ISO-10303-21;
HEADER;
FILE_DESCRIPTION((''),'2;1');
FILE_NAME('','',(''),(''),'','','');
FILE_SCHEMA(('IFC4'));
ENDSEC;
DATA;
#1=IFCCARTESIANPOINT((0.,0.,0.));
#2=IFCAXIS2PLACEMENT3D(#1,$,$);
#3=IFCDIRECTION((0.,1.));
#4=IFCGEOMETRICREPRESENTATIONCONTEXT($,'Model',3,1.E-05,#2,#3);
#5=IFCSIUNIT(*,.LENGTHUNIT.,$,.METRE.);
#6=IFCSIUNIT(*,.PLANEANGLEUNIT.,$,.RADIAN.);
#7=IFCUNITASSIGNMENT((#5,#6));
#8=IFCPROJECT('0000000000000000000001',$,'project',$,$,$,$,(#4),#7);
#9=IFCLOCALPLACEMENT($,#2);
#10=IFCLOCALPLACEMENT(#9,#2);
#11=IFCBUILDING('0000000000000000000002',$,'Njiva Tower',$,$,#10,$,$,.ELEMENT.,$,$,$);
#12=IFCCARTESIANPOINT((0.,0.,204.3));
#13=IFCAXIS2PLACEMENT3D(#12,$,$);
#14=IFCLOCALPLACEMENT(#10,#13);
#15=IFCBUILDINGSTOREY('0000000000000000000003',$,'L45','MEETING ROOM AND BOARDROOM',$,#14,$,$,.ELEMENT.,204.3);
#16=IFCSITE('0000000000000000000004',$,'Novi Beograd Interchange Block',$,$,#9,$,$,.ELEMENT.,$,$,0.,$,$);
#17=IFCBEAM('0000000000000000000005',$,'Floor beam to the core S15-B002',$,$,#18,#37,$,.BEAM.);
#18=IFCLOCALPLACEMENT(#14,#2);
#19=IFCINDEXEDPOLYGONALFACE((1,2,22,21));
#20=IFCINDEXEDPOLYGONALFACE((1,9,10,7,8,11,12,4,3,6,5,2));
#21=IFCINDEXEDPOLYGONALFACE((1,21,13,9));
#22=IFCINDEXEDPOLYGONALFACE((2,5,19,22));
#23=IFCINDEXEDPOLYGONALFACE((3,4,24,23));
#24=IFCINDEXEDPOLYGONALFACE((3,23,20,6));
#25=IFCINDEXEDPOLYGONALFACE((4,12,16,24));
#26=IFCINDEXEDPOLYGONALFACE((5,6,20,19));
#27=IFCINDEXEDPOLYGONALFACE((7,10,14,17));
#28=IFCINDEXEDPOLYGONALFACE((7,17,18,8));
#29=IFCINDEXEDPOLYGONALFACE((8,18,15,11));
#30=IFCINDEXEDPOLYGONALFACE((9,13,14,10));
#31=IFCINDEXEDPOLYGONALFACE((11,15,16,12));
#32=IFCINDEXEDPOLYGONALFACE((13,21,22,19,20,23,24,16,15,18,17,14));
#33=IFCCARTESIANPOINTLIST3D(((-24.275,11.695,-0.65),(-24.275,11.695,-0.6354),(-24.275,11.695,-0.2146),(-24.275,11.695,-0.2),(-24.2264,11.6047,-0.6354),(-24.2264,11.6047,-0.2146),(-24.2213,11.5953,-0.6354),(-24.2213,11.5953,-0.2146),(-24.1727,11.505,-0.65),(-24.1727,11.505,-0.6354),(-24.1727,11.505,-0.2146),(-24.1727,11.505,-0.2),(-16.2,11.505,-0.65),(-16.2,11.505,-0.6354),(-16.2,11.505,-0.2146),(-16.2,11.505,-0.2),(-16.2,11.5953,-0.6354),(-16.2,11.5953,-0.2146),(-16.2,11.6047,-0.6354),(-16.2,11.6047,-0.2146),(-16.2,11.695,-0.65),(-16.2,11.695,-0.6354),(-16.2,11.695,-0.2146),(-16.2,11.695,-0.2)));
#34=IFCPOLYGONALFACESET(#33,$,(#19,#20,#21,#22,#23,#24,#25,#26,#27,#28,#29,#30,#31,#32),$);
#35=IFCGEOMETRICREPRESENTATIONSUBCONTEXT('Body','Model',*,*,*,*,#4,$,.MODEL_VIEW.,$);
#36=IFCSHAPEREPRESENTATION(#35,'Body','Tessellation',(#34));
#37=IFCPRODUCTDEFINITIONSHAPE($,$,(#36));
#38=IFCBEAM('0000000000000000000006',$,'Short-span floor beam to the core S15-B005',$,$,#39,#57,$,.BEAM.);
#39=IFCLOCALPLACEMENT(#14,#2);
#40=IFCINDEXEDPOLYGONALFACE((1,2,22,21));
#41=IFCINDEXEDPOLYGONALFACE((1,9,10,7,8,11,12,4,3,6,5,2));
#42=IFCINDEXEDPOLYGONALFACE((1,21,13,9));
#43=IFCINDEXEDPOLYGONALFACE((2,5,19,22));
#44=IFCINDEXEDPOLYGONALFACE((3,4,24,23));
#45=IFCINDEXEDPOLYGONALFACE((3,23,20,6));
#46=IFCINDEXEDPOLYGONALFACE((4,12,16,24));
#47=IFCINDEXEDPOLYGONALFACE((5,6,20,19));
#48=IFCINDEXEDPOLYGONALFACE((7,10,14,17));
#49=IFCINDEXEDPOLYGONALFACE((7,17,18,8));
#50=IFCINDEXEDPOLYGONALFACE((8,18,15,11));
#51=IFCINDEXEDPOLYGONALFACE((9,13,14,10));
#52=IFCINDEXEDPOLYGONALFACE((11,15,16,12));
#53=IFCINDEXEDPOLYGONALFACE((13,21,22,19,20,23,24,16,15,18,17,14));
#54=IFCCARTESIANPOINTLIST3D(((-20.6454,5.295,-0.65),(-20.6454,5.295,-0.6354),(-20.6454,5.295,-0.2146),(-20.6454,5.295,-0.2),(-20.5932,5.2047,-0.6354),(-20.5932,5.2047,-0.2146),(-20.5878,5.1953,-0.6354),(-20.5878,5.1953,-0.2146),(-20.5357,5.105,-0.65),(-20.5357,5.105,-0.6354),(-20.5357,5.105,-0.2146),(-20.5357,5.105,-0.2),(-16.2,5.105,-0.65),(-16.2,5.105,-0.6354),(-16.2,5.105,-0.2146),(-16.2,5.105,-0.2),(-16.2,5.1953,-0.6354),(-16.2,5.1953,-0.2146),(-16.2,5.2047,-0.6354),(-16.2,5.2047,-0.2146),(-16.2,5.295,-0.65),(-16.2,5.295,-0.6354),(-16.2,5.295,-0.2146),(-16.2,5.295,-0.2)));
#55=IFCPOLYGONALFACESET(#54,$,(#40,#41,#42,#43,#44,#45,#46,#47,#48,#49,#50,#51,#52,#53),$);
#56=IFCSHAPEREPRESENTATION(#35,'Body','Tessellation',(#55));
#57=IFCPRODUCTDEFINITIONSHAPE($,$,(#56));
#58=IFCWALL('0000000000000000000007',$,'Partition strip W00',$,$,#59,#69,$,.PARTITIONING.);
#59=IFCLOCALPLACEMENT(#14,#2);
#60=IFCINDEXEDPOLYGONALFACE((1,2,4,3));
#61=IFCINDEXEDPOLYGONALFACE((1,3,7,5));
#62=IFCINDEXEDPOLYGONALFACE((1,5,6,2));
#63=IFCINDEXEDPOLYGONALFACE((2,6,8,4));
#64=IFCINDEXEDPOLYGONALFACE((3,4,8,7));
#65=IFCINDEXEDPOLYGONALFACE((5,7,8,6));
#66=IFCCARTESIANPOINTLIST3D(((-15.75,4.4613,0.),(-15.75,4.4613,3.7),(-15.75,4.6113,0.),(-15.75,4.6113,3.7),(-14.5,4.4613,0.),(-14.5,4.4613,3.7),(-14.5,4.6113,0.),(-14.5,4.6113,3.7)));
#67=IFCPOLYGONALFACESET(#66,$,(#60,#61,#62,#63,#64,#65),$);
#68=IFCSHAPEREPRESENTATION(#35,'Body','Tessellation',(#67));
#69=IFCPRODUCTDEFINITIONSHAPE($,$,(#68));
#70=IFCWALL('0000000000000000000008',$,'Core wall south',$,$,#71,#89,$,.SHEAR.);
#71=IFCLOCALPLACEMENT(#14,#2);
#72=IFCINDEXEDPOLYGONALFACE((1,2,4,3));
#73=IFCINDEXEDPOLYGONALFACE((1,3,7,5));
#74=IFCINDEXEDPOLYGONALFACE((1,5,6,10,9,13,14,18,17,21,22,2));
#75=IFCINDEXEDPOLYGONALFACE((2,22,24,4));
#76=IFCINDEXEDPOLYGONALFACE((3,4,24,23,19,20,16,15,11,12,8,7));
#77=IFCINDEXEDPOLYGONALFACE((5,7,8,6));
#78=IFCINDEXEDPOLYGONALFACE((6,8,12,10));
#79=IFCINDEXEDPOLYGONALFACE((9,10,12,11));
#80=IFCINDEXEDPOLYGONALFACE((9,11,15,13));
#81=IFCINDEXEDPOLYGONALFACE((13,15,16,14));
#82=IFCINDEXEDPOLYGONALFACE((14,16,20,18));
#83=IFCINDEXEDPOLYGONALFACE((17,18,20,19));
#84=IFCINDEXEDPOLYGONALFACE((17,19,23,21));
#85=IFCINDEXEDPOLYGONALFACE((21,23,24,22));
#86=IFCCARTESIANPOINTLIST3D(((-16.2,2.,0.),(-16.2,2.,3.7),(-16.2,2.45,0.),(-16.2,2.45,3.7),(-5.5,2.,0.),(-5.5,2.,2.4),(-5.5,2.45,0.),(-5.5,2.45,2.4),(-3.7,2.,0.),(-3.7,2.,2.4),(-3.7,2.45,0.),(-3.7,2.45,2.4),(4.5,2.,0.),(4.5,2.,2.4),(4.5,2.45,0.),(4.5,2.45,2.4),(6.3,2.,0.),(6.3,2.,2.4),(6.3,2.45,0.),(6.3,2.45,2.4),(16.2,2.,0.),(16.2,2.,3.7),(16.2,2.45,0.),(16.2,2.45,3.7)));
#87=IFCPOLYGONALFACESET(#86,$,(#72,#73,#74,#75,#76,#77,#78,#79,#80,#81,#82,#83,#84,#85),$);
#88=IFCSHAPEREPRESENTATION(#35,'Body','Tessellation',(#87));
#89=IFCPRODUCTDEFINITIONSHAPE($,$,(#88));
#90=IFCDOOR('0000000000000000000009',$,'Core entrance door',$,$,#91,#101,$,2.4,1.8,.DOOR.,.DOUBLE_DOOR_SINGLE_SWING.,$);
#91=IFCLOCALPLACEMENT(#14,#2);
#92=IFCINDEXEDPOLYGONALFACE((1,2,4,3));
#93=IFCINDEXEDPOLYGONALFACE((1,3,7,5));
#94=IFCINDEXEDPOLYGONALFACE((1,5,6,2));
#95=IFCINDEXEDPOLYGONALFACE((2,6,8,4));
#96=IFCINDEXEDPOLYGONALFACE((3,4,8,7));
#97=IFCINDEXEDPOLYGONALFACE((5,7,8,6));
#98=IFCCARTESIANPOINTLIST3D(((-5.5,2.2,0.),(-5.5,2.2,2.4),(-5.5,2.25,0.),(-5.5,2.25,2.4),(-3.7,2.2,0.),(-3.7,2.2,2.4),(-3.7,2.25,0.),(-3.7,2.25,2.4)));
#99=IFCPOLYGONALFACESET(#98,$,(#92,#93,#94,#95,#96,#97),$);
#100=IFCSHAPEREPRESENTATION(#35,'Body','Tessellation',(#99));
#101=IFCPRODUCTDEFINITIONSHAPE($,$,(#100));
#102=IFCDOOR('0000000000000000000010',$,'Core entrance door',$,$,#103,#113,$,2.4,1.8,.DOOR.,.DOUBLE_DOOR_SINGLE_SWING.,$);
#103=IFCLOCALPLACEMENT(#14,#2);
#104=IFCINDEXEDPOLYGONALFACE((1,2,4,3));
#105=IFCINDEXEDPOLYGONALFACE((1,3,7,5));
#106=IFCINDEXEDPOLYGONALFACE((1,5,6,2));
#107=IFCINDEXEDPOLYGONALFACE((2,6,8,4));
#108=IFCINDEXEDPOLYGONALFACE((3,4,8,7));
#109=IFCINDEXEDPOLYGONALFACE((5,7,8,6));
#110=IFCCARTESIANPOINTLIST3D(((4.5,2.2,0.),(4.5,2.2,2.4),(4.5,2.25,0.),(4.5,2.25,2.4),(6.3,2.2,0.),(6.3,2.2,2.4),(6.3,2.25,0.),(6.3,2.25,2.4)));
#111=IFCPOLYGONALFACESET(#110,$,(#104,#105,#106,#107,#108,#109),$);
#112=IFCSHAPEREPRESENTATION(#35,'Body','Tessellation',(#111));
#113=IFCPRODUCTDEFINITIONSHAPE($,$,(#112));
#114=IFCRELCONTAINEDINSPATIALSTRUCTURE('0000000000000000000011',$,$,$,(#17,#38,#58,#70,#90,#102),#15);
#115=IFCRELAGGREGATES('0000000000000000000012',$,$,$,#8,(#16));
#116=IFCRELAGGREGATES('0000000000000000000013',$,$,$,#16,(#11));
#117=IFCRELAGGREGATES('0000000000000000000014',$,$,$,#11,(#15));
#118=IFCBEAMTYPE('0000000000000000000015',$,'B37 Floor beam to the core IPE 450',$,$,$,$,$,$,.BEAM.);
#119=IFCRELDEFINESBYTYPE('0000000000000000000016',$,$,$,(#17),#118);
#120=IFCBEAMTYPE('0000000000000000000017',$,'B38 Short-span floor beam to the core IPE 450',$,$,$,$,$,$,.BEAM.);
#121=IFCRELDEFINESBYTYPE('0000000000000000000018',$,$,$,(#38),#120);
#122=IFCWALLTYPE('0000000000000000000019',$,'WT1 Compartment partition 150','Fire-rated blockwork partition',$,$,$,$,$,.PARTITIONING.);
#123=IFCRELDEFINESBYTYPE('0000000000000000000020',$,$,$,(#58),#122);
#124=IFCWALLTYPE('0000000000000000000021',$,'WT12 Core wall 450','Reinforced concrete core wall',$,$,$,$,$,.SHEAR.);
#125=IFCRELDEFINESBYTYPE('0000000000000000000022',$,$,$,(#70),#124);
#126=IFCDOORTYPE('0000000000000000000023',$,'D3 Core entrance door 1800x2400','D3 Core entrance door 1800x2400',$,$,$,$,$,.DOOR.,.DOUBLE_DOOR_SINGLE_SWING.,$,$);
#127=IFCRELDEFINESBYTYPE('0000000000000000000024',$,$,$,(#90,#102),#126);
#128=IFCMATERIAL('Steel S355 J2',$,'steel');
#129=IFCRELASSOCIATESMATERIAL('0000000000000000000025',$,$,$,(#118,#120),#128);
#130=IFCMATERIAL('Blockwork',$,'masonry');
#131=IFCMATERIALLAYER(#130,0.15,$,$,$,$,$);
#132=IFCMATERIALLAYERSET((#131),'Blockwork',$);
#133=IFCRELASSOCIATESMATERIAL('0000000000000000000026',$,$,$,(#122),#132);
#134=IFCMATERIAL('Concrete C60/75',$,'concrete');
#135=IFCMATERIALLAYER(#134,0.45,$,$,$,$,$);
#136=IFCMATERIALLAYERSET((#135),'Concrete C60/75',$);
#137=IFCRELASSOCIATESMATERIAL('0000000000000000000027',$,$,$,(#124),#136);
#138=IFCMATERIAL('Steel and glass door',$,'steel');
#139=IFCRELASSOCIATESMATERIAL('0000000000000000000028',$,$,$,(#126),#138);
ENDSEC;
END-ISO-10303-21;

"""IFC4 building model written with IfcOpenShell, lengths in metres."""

from ifc_helpers import new_model, si_unit, direction, frame, frame_2d, origin, origin_2d, place, context, subcontext, project, spatial, rectangle, i_section, extrude, clip, halfspace, material, layer, layer_set, material_profile, profile_set, type_object, element, fill, save


model = new_model("IFC4")

# Units and contexts
model_context = context("Model", 3, precision=1e-05, world=origin(), true_north=direction((0.0, 1.0)))
body_context = subcontext(model_context, "Body", "Model", "MODEL_VIEW")
ifc_project = project(units=[si_unit("LENGTHUNIT", "METRE"), si_unit("PLANEANGLEUNIT", "RADIAN")], contexts=[model_context])

# Site, building, storey
site_placement = place(None, origin())
site = spatial("IfcSite", under=ifc_project, at=site_placement, Name="Novi Beograd Interchange Block", CompositionType="ELEMENT", RefElevation=0.0)
building_placement = place(site_placement, origin())
building = spatial("IfcBuilding", under=site, at=building_placement, Name="Njiva Tower", CompositionType="ELEMENT")
storey_placement = place(building_placement, frame((0.0, 0.0, 204.3)))
storey = spatial("IfcBuildingStorey", under=building, at=storey_placement, Name="L45", Description="MEETING ROOM AND BOARDROOM", CompositionType="ELEMENT", Elevation=204.3)

# Shared definitions
ifc_material_1 = material(Name="Steel S355 J2", Category="steel")

# Beams
ifc_material_profile_1 = material_profile(ifc_material_1, i_section(OverallWidth=0.19, OverallDepth=0.45, WebThickness=0.0094, FlangeThickness=0.0146, at=origin_2d()), Name="IPE 450")
ifc_profile_set_1 = profile_set([ifc_material_profile_1], Name="Steel S355 J2")
beam_type_1 = type_object("IfcBeamType", Name="B37 Floor beam to the core IPE 450", PredefinedType="BEAM", material=ifc_profile_set_1)
beam_1_placement = place(storey_placement, frame((-24.295, 11.6, -0.425), z_axis=(1.0, 0.0, 0.0), x_axis=(0.0, 1.0, 0.0)))
element("IfcBeam", 1, at=beam_1_placement, inside=storey, type_object=beam_type_1, Name="Floor beam to the core S15-B002", PredefinedType="BEAM", context=body_context, shape_type="Clipping", body=[
    clip(extrude(i_section(OverallWidth=0.19, OverallDepth=0.45, WebThickness=0.0094, FlangeThickness=0.0146, at=origin_2d()), origin(), (0.0, 0.0, 1.0), 8.095), halfspace(frame((-0.0237, 0.0, 0.0839), z_axis=(-0.473769, 0.0, -0.880649), x_axis=(0.0, -1.0, 0.0)), False)),
])
ifc_material_profile_2 = material_profile(ifc_material_1, i_section(OverallWidth=0.19, OverallDepth=0.45, WebThickness=0.0094, FlangeThickness=0.0146, at=origin_2d()), Name="IPE 450")
ifc_profile_set_2 = profile_set([ifc_material_profile_2], Name="Steel S355 J2")
beam_type_2 = type_object("IfcBeamType", Name="B38 Short-span floor beam to the core IPE 450", PredefinedType="BEAM", material=ifc_profile_set_2)
beam_2_placement = place(storey_placement, frame((-20.666, 5.2, -0.425), z_axis=(1.0, 0.0, 0.0), x_axis=(0.0, 1.0, 0.0)))
element("IfcBeam", 2, at=beam_2_placement, inside=storey, type_object=beam_type_2, Name="Short-span floor beam to the core S15-B005", PredefinedType="BEAM", context=body_context, shape_type="Clipping", body=[
    clip(extrude(i_section(OverallWidth=0.19, OverallDepth=0.45, WebThickness=0.0094, FlangeThickness=0.0146, at=origin_2d()), origin(), (0.0, 0.0, 1.0), 4.466), halfspace(frame((-0.025, 0.0, 0.0899), z_axis=(-0.499998, 0.0, -0.866027), x_axis=(0.0, -1.0, 0.0)), False)),
])

# Wall
ifc_material_2 = material(Name="Blockwork", Category="masonry")
ifc_layer_1 = layer(ifc_material_2, 0.15)
ifc_layer_set_1 = layer_set([ifc_layer_1], Name="Blockwork")
wall_type_1 = type_object("IfcWallType", Name="WT1 Compartment partition 150", Description="Fire-rated blockwork partition", PredefinedType="PARTITIONING", material=ifc_layer_set_1)
wall_1_placement = place(storey_placement, frame((-15.75, 4.5363, 0.0), z_axis=(0.0, 0.0, 1.0), x_axis=(1.0, 0.0, 0.0)))
element("IfcWall", 3, at=wall_1_placement, inside=storey, type_object=wall_type_1, Name="Partition strip W00", PredefinedType="PARTITIONING", context=body_context, shape_type="SweptSolid", body=[
    extrude(rectangle(XDim=1.25, YDim=0.15, at=frame_2d((0.625, 0.0))), origin(), (0.0, 0.0, 1.0), 3.7),
])

# Wall, openings, doors
ifc_material_3 = material(Name="Concrete C60/75", Category="concrete")
ifc_layer_2 = layer(ifc_material_3, 0.45)
ifc_layer_set_2 = layer_set([ifc_layer_2], Name="Concrete C60/75")
wall_type_2 = type_object("IfcWallType", Name="WT12 Core wall 450", Description="Reinforced concrete core wall", PredefinedType="SHEAR", material=ifc_layer_set_2)
wall_2_placement = place(storey_placement, frame((-16.2, 2.225, 0.0), z_axis=(0.0, 0.0, 1.0), x_axis=(1.0, 0.0, 0.0)))
wall_2 = element("IfcWall", 4, at=wall_2_placement, inside=storey, type_object=wall_type_2, Name="Core wall south", PredefinedType="SHEAR", context=body_context, shape_type="SweptSolid", body=[
    extrude(rectangle(XDim=32.4, YDim=0.45, at=frame_2d((16.2, 0.0))), origin(), (0.0, 0.0, 1.0), 3.7),
])
opening_1_placement = place(wall_2_placement, frame((10.7, 0.0, 0.0)))
opening_1 = element("IfcOpeningElement", 5, at=opening_1_placement, cuts=wall_2, PredefinedType="OPENING", context=body_context, shape_type="SweptSolid", body=[
    extrude(rectangle(XDim=1.8, YDim=2.4, at=frame_2d((0.9, 1.2))), frame((0.0, 0.235, 0.0), z_axis=(0.0, -1.0, 0.0), x_axis=(1.0, 0.0, 0.0)), (0.0, 0.0, 1.0), 0.47),
])
opening_2_placement = place(wall_2_placement, frame((20.7, 0.0, 0.0)))
opening_2 = element("IfcOpeningElement", 6, at=opening_2_placement, cuts=wall_2, PredefinedType="OPENING", context=body_context, shape_type="SweptSolid", body=[
    extrude(rectangle(XDim=1.8, YDim=2.4, at=frame_2d((0.9, 1.2))), frame((0.0, 0.235, 0.0), z_axis=(0.0, -1.0, 0.0), x_axis=(1.0, 0.0, 0.0)), (0.0, 0.0, 1.0), 0.47),
])
ifc_material_4 = material(Name="Steel and glass door", Category="steel")
door_type_1 = type_object("IfcDoorType", Name="D3 Core entrance door 1800x2400", Description="D3 Core entrance door 1800x2400", OperationType="DOUBLE_DOOR_SINGLE_SWING", PredefinedType="DOOR", material=ifc_material_4)
door_1_placement = place(opening_1_placement, origin())
door_1 = element("IfcDoor", 7, at=door_1_placement, inside=storey, type_object=door_type_1, Name="Core entrance door", OperationType="DOUBLE_DOOR_SINGLE_SWING", OverallHeight=2.4, OverallWidth=1.8, PredefinedType="DOOR", context=body_context, shape_type="SweptSolid", body=[
    extrude(rectangle(XDim=1.8, YDim=2.4, at=frame_2d((0.9, 1.2))), frame((0.0, 0.025, 0.0), z_axis=(0.0, -1.0, 0.0), x_axis=(1.0, 0.0, 0.0)), (0.0, 0.0, 1.0), 0.05),
])
fill(opening_1, door_1)
door_2_placement = place(opening_2_placement, origin())
door_2 = element("IfcDoor", 8, at=door_2_placement, inside=storey, type_object=door_type_1, Name="Core entrance door", OperationType="DOUBLE_DOOR_SINGLE_SWING", OverallHeight=2.4, OverallWidth=1.8, PredefinedType="DOOR", context=body_context, shape_type="SweptSolid", body=[
    extrude(rectangle(XDim=1.8, YDim=2.4, at=frame_2d((0.9, 1.2))), frame((0.0, 0.025, 0.0), z_axis=(0.0, -1.0, 0.0), x_axis=(1.0, 0.0, 0.0)), (0.0, 0.0, 1.0), 0.05),
])
fill(opening_2, door_2)

save(model, "model.ifc")
